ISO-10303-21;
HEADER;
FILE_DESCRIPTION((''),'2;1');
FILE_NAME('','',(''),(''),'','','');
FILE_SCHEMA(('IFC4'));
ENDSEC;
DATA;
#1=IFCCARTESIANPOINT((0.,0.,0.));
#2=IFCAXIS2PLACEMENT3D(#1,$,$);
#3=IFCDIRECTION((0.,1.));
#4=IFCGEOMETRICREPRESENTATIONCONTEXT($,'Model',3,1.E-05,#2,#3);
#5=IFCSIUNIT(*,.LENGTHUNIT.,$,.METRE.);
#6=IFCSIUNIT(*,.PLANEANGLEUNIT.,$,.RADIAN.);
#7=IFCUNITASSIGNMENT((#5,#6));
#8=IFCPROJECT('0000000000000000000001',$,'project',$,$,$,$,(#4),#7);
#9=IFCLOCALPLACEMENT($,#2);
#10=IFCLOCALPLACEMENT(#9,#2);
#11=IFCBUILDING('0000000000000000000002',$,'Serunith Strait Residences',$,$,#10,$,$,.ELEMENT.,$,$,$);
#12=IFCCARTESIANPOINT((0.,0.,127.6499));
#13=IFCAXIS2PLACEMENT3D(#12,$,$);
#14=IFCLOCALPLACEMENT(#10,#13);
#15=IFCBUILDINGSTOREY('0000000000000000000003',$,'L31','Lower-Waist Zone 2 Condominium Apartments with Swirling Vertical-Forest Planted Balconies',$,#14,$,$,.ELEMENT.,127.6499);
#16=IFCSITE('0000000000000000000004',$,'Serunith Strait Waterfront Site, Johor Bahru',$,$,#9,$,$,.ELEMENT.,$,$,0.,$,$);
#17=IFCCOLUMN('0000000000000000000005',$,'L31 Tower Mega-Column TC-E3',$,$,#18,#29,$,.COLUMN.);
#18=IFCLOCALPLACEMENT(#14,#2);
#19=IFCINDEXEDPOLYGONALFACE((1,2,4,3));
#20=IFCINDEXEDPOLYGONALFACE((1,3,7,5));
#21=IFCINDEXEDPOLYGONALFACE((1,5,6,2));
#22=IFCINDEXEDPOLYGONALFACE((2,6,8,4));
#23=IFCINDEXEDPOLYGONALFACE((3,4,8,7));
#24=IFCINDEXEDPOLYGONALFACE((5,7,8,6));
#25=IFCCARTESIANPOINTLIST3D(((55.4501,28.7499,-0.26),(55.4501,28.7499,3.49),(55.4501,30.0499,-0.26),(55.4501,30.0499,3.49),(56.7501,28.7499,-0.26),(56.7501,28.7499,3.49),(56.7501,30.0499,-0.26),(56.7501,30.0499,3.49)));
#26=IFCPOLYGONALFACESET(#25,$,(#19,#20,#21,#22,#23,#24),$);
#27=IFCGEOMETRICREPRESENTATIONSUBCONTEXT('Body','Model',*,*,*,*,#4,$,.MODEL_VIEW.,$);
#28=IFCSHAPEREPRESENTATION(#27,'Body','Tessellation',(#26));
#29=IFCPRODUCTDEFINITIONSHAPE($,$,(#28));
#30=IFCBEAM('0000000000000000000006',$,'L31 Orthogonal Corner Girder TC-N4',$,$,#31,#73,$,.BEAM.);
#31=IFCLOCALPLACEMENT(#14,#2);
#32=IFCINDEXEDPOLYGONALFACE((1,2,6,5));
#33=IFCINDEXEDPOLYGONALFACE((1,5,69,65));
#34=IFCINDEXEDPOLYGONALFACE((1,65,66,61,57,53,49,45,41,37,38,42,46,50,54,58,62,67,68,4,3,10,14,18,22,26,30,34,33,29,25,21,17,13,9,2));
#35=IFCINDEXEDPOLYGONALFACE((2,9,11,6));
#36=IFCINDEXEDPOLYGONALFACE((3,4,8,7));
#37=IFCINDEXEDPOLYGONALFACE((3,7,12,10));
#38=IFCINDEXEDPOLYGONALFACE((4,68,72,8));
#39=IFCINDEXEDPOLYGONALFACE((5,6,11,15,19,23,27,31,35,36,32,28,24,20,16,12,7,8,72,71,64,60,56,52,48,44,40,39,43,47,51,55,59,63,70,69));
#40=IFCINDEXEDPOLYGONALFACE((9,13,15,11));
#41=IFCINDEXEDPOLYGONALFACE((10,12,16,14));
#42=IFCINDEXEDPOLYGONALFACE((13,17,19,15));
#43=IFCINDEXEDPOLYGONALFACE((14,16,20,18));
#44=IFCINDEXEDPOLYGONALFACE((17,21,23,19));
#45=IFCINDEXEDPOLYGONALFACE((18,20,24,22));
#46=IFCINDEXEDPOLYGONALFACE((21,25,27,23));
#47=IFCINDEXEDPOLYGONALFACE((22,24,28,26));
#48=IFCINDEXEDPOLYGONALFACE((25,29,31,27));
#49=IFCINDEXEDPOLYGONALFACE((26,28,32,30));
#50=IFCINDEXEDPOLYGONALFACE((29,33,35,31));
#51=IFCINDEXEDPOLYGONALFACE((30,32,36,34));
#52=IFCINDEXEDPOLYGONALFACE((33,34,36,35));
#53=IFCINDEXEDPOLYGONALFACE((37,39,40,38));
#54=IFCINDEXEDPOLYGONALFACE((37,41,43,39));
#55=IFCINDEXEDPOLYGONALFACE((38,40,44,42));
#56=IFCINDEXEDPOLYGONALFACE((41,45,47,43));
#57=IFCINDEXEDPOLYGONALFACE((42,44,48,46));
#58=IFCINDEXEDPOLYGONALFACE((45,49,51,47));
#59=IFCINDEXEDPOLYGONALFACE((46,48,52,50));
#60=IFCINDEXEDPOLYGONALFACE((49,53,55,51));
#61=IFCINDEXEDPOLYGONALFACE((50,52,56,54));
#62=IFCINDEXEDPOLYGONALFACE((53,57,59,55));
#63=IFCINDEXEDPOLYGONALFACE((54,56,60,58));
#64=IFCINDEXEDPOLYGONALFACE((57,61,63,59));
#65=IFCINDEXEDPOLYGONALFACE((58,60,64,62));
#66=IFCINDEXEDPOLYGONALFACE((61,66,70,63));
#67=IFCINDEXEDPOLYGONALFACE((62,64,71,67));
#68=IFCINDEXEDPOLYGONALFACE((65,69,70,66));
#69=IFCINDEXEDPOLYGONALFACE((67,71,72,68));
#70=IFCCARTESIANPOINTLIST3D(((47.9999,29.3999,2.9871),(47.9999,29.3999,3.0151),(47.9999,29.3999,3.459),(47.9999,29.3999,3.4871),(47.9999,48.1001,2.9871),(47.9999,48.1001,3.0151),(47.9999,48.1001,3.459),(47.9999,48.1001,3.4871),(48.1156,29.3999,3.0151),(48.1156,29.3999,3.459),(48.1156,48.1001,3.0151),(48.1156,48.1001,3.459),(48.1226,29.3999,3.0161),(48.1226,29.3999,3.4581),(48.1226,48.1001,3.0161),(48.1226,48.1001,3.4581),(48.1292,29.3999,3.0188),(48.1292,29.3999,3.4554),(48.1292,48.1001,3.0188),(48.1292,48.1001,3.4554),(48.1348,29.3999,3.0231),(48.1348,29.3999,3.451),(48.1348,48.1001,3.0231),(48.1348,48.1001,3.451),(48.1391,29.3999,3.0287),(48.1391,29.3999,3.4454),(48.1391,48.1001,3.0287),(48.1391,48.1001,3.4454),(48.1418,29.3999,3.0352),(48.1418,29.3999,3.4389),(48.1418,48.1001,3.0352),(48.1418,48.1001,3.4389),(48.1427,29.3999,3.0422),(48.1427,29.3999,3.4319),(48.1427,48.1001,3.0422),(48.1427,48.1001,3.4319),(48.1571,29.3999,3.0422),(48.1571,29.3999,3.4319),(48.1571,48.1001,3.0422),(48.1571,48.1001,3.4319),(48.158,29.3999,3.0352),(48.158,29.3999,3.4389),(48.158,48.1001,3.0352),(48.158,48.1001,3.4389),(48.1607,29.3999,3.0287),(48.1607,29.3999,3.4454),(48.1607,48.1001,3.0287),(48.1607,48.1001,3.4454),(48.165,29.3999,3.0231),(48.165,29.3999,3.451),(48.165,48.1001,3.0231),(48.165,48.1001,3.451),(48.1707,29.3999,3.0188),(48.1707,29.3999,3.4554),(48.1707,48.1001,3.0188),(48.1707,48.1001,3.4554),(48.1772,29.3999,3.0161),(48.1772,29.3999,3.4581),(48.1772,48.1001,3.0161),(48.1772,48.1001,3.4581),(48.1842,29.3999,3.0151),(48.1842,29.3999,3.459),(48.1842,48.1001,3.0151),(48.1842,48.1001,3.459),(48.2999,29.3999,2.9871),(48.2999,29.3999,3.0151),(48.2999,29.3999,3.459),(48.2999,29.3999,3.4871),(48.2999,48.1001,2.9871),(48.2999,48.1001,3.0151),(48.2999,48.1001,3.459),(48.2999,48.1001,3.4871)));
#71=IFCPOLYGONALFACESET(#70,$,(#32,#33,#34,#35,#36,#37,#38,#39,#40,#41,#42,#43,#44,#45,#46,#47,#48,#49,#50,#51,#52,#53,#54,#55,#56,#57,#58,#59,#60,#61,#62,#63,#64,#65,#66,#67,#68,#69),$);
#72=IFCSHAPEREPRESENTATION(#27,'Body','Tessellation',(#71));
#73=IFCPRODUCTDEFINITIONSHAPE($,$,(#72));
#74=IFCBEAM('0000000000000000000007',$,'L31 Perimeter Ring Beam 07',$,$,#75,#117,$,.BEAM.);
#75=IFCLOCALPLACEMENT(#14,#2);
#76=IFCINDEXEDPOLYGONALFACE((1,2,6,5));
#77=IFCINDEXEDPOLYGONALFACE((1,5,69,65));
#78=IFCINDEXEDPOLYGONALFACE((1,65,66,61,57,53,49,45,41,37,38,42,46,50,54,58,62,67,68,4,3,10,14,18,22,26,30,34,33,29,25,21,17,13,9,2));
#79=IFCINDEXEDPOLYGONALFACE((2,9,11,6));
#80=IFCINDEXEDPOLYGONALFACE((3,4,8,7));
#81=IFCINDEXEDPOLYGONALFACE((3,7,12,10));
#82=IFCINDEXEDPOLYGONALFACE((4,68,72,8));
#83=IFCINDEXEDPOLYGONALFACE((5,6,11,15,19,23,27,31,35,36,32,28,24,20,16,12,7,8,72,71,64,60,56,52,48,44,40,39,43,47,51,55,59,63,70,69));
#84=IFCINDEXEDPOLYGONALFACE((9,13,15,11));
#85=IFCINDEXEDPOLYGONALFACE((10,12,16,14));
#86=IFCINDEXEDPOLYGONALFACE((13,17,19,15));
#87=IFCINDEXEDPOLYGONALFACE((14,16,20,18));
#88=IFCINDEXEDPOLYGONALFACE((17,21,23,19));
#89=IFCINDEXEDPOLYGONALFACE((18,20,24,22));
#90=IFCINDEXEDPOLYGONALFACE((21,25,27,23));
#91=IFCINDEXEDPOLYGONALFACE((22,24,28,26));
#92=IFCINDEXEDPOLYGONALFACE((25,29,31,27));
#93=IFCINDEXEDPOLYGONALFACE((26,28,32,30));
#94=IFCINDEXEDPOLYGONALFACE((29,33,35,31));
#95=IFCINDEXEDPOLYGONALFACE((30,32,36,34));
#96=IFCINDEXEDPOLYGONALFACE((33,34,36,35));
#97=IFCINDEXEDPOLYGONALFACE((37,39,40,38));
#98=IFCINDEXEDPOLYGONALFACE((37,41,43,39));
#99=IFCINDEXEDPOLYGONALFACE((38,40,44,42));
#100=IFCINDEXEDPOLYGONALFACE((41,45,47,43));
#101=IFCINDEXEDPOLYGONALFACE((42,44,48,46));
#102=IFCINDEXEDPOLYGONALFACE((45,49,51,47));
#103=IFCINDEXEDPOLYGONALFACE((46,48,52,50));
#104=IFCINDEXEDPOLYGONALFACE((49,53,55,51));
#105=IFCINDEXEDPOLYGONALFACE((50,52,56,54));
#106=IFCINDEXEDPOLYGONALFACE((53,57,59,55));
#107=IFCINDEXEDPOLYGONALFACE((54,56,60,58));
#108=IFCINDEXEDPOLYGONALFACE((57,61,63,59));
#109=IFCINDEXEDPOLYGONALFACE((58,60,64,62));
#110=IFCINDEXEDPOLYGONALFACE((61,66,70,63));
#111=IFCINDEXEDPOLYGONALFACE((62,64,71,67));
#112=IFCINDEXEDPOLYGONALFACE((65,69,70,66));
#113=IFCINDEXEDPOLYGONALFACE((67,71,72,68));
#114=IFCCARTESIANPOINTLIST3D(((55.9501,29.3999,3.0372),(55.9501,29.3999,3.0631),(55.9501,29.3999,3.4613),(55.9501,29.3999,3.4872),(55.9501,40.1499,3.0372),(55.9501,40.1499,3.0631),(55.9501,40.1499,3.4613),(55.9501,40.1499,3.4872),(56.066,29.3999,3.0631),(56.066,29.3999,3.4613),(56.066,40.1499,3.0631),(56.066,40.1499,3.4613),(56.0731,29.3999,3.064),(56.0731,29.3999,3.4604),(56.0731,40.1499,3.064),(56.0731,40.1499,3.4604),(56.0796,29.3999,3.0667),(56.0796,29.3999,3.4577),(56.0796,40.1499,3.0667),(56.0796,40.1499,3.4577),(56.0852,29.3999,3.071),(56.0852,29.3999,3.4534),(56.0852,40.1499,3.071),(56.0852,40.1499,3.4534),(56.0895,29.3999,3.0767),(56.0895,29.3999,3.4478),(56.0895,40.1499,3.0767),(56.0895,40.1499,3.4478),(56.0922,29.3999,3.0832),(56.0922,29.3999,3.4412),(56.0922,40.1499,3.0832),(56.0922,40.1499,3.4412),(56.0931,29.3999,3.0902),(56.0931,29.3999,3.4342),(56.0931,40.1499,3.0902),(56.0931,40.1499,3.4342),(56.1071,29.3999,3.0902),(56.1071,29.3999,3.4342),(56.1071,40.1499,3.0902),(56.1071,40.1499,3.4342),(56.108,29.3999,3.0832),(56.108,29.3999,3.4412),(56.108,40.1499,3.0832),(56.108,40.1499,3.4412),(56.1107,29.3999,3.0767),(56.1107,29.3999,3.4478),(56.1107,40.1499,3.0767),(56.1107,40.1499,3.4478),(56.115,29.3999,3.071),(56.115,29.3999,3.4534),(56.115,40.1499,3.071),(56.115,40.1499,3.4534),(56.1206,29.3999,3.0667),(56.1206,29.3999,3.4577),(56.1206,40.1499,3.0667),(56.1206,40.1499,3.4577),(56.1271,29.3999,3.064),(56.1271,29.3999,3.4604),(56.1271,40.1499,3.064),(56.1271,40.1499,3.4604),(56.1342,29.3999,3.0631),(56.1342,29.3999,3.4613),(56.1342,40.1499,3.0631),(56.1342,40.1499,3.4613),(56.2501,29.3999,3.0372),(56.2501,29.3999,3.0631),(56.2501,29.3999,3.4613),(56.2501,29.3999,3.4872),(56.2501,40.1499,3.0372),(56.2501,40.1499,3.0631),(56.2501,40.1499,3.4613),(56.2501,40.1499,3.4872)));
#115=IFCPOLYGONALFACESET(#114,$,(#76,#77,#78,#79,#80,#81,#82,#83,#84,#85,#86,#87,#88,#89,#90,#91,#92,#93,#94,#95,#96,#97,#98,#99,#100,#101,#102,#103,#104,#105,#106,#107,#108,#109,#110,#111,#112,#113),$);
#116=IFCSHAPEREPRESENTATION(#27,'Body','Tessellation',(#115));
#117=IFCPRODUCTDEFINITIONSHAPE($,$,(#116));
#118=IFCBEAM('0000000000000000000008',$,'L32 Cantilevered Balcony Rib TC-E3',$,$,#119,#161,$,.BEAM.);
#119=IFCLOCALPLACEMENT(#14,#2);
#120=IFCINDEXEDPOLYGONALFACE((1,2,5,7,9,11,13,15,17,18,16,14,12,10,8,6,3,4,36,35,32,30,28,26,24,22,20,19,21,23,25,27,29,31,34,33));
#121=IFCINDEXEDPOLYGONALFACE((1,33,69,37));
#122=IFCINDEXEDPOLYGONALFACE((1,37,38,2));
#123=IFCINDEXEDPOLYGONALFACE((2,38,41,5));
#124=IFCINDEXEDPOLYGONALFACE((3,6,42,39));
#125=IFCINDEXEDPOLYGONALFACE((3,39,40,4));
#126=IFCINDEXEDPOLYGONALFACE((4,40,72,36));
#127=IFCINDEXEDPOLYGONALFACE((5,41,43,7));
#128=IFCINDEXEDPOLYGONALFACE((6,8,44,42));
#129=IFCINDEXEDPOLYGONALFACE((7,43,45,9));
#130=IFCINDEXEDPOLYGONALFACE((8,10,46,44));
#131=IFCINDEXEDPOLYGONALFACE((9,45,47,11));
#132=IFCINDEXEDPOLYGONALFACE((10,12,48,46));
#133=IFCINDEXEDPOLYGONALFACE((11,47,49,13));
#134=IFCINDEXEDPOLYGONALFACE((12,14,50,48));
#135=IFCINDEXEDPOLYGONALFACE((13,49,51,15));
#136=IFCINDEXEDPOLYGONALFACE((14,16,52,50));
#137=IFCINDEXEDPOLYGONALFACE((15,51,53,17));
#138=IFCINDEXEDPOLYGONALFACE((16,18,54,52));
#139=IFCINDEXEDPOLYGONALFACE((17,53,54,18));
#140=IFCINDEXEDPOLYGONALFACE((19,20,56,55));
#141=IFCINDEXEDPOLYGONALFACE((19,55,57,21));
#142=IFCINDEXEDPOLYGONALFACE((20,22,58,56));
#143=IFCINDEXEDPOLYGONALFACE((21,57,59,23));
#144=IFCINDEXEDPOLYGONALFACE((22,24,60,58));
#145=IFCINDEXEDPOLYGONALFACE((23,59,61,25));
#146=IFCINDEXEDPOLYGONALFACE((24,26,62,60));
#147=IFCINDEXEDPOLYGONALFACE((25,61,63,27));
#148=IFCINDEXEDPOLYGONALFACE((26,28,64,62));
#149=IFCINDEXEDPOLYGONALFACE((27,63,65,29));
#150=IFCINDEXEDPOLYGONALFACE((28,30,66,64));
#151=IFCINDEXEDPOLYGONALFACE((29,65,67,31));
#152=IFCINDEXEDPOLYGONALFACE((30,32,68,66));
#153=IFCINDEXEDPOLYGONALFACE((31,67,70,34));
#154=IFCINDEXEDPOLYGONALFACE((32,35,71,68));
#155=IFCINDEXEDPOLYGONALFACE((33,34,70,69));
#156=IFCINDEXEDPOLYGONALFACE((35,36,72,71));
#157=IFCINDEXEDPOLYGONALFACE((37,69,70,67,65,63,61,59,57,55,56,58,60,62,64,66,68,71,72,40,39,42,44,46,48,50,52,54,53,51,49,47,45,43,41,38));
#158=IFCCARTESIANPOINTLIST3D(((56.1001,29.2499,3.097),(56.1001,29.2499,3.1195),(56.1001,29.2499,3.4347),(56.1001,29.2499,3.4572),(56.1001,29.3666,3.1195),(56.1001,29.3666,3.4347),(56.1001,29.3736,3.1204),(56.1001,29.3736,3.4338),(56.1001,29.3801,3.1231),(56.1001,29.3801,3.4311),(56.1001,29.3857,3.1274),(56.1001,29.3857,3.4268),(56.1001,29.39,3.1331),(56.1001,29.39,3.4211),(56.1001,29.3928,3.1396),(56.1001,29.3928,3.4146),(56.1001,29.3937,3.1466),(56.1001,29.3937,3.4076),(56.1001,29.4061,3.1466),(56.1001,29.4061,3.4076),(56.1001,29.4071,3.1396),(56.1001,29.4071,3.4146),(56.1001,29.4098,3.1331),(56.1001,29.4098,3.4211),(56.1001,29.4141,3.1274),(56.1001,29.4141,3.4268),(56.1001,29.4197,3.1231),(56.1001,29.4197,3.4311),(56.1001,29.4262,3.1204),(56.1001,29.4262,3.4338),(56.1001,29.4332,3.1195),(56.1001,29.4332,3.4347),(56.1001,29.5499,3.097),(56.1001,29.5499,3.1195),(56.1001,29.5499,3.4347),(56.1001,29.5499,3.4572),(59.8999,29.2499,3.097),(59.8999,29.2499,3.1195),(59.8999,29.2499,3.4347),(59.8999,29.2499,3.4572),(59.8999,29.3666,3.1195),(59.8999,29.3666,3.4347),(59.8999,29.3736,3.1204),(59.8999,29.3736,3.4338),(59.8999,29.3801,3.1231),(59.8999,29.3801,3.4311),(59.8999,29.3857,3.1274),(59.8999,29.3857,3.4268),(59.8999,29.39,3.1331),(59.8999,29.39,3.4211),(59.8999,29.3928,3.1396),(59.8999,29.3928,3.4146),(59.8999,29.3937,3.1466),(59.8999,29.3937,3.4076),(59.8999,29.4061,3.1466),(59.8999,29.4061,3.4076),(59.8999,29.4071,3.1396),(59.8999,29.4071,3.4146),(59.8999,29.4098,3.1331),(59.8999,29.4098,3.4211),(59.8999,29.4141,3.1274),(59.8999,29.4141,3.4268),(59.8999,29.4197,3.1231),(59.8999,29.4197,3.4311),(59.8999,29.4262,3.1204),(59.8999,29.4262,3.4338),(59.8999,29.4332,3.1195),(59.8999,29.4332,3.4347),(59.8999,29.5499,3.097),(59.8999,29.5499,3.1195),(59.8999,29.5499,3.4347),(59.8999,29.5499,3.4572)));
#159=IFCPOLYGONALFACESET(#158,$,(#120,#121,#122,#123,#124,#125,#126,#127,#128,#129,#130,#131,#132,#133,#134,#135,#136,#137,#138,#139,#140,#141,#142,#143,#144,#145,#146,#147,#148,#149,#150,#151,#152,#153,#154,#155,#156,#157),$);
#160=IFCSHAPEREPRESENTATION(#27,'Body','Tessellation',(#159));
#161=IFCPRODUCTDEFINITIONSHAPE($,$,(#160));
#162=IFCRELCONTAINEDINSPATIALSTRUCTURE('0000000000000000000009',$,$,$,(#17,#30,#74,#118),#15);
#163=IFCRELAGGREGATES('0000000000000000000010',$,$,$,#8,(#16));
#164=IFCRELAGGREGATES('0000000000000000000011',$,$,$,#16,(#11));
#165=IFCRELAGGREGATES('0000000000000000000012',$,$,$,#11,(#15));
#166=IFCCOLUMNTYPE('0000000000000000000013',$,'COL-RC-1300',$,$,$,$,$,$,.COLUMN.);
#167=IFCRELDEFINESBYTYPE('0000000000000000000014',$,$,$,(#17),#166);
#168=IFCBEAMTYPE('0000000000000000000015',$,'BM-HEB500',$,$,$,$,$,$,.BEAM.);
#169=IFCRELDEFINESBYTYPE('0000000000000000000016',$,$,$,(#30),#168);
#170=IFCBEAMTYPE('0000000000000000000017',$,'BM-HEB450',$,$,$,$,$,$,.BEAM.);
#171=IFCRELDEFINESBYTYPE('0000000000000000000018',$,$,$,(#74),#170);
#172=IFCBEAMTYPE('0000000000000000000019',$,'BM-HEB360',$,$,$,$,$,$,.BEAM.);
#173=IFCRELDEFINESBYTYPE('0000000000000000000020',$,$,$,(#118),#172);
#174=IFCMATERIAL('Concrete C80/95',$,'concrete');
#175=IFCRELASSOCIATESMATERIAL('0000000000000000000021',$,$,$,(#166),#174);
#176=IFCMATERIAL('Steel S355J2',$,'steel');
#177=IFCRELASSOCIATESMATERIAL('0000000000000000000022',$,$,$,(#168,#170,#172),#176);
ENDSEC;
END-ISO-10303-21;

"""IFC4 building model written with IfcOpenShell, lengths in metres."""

from ifc_helpers import new_model, si_unit, direction, frame, origin, origin_2d, place, context, subcontext, project, spatial, rectangle, i_section, extrude, source, transform, mapped, material, material_profile, profile_set, type_object, element, save


model = new_model("IFC4")

# Units and contexts
model_context = context("Model", 3, precision=1e-05, world=origin(), true_north=direction((0.0, 1.0)))
body_context = subcontext(model_context, "Body", "Model", "MODEL_VIEW")
ifc_project = project(units=[si_unit("LENGTHUNIT", "METRE"), si_unit("PLANEANGLEUNIT", "RADIAN")], contexts=[model_context])

# Site, building, storey
site_placement = place(None, origin())
site = spatial("IfcSite", under=ifc_project, at=site_placement, Name="Serunith Strait Waterfront Site, Johor Bahru", CompositionType="ELEMENT", RefElevation=0.0)
building_placement = place(site_placement, origin())
building = spatial("IfcBuilding", under=site, at=building_placement, Name="Serunith Strait Residences", CompositionType="ELEMENT")
storey_placement = place(building_placement, frame((0.0, 0.0, 127.6499)))
storey = spatial("IfcBuildingStorey", under=building, at=storey_placement, Name="L31", Description="Lower-Waist Zone 2 Condominium Apartments with Swirling Vertical-Forest Planted Balconies", CompositionType="ELEMENT", Elevation=127.6499)

# Column
ifc_material_1 = material(Name="Concrete C80/95", Category="concrete")
ifc_material_profile_1 = material_profile(ifc_material_1, rectangle(XDim=1.3, YDim=1.3, at=origin_2d()), Name="RC 1300x1300")
ifc_profile_set_1 = profile_set([ifc_material_profile_1], Name="Concrete C80/95")
column_type = type_object("IfcColumnType", Name="COL-RC-1300", PredefinedType="COLUMN", material=ifc_profile_set_1)
shared_shape_1 = source(origin(), body_context, "Body", "SweptSolid", [
    extrude(rectangle(XDim=1.3, YDim=1.3, at=origin_2d()), origin(), (0.0, 0.0, 1.0), 3.75),
])
column_placement = place(storey_placement, frame((56.1001, 29.3999, -0.26), z_axis=(0.0, 0.0, 1.0), x_axis=(1.0, 0.0, 0.0)))
element("IfcColumn", 1, at=column_placement, inside=storey, type_object=column_type, Name="L31 Tower Mega-Column TC-E3", PredefinedType="COLUMN", context=body_context, shape_type="MappedRepresentation", body=[
    mapped(shared_shape_1, transform((0.0, 0.0, 0.0), scale=1.0)),
])

# Beams
ifc_material_2 = material(Name="Steel S355J2", Category="steel")
ifc_material_profile_2 = material_profile(ifc_material_2, i_section(OverallWidth=0.3, OverallDepth=0.5, WebThickness=0.0144, FlangeThickness=0.0281, FilletRadius=0.0271, at=origin_2d()), Name="HEB 500")
ifc_profile_set_2 = profile_set([ifc_material_profile_2], Name="Steel S355J2")
beam_type_1 = type_object("IfcBeamType", Name="BM-HEB500", PredefinedType="BEAM", material=ifc_profile_set_2)
shared_shape_2 = source(origin(), body_context, "Body", "SweptSolid", [
    extrude(i_section(OverallWidth=0.3, OverallDepth=0.5, WebThickness=0.0144, FlangeThickness=0.0281, FilletRadius=0.0271, at=origin_2d()), origin(), (0.0, 0.0, 1.0), 18.7002),
])
beam_1_placement = place(storey_placement, frame((48.1499, 29.3999, 3.2371), z_axis=(0.0, 1.0, 0.0), x_axis=(-1.0, 0.0, 0.0)))
element("IfcBeam", 2, at=beam_1_placement, inside=storey, type_object=beam_type_1, Name="L31 Orthogonal Corner Girder TC-N4", PredefinedType="BEAM", context=body_context, shape_type="MappedRepresentation", body=[
    mapped(shared_shape_2, transform((0.0, 0.0, 0.0), scale=1.0)),
])
ifc_material_profile_3 = material_profile(ifc_material_2, i_section(OverallWidth=0.3, OverallDepth=0.45, WebThickness=0.0139, FlangeThickness=0.0259, FilletRadius=0.0271, at=origin_2d()), Name="HEB 450")
ifc_profile_set_3 = profile_set([ifc_material_profile_3], Name="Steel S355J2")
beam_type_2 = type_object("IfcBeamType", Name="BM-HEB450", PredefinedType="BEAM", material=ifc_profile_set_3)
shared_shape_3 = source(origin(), body_context, "Body", "SweptSolid", [
    extrude(i_section(OverallWidth=0.3, OverallDepth=0.45, WebThickness=0.0139, FlangeThickness=0.0259, FilletRadius=0.0271, at=origin_2d()), origin(), (0.0, 0.0, 1.0), 10.75),
])
beam_2_placement = place(storey_placement, frame((56.1001, 29.3999, 3.2622), z_axis=(0.0, 1.0, 0.0), x_axis=(-1.0, 0.0, 0.0)))
element("IfcBeam", 3, at=beam_2_placement, inside=storey, type_object=beam_type_2, Name="L31 Perimeter Ring Beam 07", PredefinedType="BEAM", context=body_context, shape_type="MappedRepresentation", body=[
    mapped(shared_shape_3, transform((0.0, 0.0, 0.0), scale=1.0)),
])
ifc_material_profile_4 = material_profile(ifc_material_2, i_section(OverallWidth=0.3, OverallDepth=0.3601, WebThickness=0.0125, FlangeThickness=0.0225, FilletRadius=0.0271, at=origin_2d()), Name="HEB 360")
ifc_profile_set_4 = profile_set([ifc_material_profile_4], Name="Steel S355J2")
beam_type_3 = type_object("IfcBeamType", Name="BM-HEB360", PredefinedType="BEAM", material=ifc_profile_set_4)
shared_shape_4 = source(origin(), body_context, "Body", "SweptSolid", [
    extrude(i_section(OverallWidth=0.3, OverallDepth=0.3601, WebThickness=0.0125, FlangeThickness=0.0225, FilletRadius=0.0271, at=origin_2d()), origin(), (0.0, 0.0, 1.0), 3.7998),
])
beam_3_placement = place(storey_placement, frame((56.1001, 29.3999, 3.2771), z_axis=(1.0, 0.0, 0.0), x_axis=(0.0, 1.0, 0.0)))
element("IfcBeam", 4, at=beam_3_placement, inside=storey, type_object=beam_type_3, Name="L32 Cantilevered Balcony Rib TC-E3", PredefinedType="BEAM", context=body_context, shape_type="MappedRepresentation", body=[
    mapped(shared_shape_4, transform((0.0, 0.0, 0.0), scale=1.0)),
])

save(model, "model.ifc")
